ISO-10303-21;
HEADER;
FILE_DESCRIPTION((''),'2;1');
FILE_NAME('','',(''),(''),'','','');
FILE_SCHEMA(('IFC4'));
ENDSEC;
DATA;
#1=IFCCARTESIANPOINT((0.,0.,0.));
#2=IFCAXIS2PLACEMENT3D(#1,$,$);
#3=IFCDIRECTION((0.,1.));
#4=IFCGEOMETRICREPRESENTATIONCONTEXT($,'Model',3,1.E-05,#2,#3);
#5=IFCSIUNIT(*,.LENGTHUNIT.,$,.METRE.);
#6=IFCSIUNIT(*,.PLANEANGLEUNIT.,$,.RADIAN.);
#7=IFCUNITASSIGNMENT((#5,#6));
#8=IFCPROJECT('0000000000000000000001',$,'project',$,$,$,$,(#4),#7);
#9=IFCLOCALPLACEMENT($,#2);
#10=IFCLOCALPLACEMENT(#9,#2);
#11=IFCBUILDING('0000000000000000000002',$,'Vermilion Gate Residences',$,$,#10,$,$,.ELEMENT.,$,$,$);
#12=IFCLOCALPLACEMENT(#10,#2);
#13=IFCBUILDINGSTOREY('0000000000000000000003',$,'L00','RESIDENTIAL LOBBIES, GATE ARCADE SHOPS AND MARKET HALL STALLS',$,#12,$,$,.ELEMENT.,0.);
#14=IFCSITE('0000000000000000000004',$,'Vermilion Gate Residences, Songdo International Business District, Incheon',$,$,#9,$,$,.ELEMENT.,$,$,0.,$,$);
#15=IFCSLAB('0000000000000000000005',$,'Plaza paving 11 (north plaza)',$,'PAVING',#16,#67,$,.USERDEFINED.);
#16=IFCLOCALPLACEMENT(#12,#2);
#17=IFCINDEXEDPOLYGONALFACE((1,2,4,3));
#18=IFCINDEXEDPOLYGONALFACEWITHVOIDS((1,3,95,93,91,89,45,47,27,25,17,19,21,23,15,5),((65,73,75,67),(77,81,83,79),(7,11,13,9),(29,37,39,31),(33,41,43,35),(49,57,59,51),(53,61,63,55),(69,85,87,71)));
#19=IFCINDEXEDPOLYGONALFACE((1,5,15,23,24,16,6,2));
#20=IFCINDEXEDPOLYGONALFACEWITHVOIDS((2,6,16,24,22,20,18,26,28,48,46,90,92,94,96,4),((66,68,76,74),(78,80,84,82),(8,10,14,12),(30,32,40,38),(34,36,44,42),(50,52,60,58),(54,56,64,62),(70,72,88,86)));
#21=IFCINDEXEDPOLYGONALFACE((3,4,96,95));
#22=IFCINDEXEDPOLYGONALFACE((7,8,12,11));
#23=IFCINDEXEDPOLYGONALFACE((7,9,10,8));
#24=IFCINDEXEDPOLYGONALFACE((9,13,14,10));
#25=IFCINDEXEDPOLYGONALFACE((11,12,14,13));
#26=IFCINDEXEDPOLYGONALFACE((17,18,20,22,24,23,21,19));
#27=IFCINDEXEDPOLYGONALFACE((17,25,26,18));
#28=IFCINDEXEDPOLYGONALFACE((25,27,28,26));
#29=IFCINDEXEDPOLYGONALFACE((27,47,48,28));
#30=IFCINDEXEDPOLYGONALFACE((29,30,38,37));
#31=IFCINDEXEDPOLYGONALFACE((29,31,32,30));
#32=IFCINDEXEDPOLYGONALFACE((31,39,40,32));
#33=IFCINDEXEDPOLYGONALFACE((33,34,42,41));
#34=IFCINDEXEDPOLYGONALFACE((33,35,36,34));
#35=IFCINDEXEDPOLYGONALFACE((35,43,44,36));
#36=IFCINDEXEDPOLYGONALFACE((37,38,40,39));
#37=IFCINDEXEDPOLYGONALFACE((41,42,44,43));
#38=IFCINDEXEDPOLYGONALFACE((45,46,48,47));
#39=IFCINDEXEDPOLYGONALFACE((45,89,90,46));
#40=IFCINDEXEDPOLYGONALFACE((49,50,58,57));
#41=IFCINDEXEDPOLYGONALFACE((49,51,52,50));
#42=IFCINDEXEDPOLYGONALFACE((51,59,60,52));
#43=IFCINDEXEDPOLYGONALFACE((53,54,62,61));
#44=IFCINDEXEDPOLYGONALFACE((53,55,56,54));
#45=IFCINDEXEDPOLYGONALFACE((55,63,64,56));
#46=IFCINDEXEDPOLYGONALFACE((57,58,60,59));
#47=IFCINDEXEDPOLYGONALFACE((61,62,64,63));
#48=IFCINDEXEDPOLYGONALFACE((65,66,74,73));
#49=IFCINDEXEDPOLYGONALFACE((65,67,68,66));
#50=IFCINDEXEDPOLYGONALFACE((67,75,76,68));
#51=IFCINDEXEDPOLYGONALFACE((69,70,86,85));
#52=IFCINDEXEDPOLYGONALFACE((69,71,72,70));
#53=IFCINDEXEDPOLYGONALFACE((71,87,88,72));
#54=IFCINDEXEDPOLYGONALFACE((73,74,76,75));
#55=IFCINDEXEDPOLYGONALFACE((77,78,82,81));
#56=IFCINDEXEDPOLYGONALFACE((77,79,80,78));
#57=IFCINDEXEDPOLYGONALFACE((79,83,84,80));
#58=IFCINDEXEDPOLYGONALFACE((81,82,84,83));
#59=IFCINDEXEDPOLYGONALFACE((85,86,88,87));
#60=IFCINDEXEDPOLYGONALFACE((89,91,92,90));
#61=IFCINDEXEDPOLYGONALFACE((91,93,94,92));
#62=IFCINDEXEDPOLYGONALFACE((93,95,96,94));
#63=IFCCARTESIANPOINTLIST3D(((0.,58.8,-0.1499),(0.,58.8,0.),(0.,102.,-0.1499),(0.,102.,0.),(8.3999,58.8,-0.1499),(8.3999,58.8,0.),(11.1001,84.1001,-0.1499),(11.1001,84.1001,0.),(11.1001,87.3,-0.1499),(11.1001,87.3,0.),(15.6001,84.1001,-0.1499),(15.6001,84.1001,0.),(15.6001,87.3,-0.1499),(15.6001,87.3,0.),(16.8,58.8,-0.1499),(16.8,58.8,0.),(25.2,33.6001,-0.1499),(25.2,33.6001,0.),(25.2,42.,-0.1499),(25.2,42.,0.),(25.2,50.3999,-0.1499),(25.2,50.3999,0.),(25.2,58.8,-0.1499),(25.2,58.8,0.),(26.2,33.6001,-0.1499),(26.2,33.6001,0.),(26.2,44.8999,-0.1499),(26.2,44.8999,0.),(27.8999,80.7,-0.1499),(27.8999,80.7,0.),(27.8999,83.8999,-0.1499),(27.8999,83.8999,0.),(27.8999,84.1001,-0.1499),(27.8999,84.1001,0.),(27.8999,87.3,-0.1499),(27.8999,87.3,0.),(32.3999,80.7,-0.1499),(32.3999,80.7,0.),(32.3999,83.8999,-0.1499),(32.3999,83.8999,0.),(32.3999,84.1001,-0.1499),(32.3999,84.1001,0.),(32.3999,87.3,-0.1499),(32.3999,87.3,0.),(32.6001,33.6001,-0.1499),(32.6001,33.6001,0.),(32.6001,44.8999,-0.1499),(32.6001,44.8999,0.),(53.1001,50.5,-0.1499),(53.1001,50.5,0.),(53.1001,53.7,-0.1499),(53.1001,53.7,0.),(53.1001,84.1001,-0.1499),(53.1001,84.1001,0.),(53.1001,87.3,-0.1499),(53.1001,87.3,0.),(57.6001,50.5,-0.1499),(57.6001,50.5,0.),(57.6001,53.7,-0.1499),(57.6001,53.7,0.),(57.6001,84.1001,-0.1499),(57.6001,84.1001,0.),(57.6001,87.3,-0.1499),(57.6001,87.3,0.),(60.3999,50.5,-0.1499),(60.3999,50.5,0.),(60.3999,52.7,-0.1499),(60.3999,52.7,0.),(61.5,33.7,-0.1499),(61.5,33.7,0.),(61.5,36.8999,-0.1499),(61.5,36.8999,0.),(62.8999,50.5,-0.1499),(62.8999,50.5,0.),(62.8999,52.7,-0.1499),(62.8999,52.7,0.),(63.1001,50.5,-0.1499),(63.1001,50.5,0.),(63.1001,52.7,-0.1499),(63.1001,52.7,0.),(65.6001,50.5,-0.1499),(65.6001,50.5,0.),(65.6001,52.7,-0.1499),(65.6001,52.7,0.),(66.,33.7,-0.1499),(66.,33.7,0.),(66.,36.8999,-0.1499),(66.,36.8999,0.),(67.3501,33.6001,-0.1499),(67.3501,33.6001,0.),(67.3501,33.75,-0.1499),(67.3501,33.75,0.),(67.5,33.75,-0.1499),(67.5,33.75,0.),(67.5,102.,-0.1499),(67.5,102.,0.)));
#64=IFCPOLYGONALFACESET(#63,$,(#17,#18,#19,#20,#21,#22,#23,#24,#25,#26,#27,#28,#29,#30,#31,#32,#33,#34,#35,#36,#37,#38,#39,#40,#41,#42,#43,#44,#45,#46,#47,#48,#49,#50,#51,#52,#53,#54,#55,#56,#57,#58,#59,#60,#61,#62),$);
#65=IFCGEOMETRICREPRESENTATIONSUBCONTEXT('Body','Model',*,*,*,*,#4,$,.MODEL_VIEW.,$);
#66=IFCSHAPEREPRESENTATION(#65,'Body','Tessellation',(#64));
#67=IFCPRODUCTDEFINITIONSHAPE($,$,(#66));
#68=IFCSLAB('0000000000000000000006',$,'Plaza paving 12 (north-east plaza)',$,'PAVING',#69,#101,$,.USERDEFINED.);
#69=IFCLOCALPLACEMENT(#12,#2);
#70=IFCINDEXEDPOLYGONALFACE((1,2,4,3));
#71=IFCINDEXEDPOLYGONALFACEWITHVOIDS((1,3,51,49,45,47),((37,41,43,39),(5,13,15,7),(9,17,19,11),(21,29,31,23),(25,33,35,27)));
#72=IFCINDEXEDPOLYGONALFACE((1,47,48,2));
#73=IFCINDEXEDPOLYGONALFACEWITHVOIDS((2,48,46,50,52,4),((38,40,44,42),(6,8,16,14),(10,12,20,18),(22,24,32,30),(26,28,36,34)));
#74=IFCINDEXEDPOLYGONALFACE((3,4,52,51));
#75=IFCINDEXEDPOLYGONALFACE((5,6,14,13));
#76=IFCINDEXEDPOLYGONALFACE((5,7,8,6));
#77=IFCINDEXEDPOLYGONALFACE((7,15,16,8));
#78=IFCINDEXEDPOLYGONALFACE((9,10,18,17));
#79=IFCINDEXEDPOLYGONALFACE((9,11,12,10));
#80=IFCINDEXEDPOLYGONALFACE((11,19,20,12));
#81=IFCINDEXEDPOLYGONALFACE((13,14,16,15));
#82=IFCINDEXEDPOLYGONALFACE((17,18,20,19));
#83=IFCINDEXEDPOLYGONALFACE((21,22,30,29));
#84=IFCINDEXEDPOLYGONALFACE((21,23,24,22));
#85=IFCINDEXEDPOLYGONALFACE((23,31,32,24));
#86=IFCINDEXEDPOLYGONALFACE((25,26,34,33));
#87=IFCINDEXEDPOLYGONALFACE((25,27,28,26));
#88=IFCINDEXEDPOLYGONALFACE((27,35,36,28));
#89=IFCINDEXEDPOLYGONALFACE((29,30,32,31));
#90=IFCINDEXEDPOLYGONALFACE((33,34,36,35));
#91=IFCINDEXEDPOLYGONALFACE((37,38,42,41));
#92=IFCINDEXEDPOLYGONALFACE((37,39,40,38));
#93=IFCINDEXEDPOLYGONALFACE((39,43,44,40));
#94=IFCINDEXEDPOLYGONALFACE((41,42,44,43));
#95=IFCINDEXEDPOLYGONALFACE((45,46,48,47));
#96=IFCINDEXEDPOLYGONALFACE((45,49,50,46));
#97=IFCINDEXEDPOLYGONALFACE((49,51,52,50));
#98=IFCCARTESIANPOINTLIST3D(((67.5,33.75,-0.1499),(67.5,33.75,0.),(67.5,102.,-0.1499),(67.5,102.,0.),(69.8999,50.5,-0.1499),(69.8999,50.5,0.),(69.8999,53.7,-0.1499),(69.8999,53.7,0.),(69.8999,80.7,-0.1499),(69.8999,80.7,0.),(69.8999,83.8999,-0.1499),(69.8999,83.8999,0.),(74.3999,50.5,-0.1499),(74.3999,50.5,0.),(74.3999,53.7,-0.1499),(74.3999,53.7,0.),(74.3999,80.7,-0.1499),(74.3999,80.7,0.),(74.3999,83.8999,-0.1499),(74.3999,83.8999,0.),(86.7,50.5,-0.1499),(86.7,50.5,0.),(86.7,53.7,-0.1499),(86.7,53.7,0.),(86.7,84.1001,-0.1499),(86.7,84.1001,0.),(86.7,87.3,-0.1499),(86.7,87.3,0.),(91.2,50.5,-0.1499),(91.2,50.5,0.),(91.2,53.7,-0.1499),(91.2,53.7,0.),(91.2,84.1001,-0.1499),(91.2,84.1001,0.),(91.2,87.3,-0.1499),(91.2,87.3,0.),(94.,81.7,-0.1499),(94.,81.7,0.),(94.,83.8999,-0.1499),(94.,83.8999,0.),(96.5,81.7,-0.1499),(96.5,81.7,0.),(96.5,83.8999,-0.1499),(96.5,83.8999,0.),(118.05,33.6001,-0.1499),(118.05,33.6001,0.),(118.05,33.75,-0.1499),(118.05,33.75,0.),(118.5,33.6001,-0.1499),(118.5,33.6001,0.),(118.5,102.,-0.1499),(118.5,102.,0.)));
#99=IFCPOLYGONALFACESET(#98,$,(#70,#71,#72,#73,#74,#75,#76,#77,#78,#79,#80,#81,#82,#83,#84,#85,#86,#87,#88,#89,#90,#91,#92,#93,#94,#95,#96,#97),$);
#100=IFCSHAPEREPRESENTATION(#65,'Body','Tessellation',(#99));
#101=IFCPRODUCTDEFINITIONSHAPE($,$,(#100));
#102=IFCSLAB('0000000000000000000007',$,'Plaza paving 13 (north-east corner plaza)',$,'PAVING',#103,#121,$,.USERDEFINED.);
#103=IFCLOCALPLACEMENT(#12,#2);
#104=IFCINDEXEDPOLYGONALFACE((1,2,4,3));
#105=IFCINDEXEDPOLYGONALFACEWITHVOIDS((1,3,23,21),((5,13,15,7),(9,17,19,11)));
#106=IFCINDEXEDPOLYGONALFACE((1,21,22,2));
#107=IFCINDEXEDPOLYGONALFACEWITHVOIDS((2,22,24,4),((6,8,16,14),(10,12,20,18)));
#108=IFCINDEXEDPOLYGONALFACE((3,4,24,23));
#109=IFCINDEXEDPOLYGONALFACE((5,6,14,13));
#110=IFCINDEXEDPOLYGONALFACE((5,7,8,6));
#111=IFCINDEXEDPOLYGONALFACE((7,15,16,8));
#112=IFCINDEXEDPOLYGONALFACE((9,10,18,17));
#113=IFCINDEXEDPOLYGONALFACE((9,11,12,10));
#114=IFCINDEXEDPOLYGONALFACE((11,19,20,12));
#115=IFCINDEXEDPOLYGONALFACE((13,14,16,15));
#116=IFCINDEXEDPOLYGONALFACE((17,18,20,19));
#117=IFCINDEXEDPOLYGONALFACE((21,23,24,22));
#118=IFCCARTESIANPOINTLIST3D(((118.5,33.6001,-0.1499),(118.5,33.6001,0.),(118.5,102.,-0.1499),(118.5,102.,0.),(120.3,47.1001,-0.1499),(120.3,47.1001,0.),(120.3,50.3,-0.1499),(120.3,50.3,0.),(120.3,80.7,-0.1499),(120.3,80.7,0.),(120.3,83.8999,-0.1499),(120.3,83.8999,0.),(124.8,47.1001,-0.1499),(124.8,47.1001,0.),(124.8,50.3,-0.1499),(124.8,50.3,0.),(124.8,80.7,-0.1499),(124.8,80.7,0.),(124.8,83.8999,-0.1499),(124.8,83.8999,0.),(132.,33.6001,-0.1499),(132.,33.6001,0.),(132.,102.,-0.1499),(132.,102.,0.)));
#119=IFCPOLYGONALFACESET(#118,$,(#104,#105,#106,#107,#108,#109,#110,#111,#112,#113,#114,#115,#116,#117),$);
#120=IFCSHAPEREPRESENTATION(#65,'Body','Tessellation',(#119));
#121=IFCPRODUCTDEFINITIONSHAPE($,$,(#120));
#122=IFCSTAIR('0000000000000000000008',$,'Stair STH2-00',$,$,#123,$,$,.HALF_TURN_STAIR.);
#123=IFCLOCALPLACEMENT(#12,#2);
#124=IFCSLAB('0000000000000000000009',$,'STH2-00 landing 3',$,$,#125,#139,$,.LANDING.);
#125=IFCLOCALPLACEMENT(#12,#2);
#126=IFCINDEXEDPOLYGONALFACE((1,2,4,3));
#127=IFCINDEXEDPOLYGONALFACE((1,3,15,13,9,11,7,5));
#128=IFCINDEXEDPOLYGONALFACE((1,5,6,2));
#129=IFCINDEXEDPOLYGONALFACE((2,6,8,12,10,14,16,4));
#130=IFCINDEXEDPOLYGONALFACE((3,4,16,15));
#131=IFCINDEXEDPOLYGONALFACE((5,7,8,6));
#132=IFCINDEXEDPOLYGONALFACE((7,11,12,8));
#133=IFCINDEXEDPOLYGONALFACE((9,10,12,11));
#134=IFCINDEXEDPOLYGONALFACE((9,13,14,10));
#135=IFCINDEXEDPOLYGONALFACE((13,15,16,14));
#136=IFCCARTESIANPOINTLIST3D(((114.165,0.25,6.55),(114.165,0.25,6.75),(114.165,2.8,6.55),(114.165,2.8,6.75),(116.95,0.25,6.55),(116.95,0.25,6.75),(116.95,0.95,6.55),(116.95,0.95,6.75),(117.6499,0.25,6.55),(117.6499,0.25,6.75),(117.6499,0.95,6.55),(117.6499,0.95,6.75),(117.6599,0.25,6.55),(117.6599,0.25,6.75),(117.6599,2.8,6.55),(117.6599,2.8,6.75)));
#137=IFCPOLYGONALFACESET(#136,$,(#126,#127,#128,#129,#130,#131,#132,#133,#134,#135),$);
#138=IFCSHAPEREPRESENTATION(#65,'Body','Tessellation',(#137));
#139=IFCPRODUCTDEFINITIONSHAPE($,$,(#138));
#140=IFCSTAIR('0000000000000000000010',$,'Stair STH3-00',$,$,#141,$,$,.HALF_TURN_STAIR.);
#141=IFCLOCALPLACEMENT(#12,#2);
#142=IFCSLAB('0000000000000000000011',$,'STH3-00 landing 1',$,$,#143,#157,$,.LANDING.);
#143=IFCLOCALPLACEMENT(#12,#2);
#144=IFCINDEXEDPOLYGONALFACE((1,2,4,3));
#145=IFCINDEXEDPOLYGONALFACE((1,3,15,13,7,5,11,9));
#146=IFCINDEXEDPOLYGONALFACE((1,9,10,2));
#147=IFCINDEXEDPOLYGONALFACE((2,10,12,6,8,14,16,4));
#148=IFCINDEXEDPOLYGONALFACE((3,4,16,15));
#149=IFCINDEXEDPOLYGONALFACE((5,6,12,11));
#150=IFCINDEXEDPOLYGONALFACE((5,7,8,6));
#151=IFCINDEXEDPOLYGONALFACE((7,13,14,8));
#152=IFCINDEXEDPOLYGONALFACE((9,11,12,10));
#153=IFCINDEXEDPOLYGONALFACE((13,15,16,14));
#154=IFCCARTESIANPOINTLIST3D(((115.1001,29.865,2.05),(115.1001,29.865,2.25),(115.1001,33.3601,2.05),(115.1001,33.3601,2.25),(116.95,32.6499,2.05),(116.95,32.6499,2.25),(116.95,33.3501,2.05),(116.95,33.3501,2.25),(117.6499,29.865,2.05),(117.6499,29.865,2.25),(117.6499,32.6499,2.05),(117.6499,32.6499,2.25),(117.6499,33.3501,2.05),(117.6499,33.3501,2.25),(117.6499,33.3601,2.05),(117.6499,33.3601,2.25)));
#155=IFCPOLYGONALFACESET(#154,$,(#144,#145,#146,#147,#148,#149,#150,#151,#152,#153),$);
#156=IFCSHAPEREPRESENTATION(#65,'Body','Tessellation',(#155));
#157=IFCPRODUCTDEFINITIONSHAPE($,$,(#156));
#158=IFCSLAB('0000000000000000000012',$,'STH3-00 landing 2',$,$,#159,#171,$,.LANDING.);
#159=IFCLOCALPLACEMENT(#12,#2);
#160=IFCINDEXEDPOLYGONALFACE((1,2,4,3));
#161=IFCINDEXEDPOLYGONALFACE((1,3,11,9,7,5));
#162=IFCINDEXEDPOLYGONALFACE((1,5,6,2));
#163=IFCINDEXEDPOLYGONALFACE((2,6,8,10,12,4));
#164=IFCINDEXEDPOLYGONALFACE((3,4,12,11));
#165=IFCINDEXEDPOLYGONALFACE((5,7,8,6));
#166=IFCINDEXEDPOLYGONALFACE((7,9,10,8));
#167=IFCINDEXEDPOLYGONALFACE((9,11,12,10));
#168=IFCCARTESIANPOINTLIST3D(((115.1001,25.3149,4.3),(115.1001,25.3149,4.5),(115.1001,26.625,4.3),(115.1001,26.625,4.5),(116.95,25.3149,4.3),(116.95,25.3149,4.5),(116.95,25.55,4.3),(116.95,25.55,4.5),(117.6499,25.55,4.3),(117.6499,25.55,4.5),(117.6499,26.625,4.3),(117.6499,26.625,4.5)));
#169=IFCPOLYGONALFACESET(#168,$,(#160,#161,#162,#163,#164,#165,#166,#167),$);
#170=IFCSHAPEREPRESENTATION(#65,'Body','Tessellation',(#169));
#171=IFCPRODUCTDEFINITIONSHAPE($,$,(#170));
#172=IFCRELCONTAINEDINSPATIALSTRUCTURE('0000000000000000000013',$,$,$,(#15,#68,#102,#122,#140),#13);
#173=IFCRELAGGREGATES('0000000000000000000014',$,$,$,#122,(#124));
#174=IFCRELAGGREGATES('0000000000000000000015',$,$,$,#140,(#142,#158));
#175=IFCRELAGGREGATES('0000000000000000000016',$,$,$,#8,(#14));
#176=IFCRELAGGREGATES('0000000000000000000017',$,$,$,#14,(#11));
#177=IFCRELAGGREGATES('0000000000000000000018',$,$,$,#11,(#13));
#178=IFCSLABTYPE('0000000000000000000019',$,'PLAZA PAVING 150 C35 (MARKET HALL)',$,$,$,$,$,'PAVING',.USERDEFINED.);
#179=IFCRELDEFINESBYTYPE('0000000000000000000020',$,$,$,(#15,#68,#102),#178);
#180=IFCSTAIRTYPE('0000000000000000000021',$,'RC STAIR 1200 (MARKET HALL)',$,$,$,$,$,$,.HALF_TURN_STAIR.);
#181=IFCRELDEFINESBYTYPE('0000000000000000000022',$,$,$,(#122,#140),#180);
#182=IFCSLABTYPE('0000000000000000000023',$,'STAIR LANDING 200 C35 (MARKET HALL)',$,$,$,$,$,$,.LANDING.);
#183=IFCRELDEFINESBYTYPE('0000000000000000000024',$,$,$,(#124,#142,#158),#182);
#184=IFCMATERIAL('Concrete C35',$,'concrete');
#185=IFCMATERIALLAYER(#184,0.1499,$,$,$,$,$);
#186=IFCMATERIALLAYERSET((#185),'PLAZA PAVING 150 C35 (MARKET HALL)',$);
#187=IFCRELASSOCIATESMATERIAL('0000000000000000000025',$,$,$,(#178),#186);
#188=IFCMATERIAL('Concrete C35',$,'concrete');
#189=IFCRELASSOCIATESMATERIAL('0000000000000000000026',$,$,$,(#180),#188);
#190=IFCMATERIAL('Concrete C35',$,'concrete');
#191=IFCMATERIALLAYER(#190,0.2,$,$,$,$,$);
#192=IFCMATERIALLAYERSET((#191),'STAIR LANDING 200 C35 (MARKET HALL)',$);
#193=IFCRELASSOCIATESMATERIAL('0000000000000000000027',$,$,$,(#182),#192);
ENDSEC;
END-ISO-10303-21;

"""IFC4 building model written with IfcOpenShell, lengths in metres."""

from ifc_helpers import new_model, si_unit, direction, frame, origin, place, context, subcontext, project, spatial, polyline, outline, extrude, material, layer, layer_set, type_object, element, aggregate, save


model = new_model("IFC4")

# Units and contexts
model_context = context("Model", 3, precision=1e-05, world=origin(), true_north=direction((0.0, 1.0)))
body_context = subcontext(model_context, "Body", "Model", "MODEL_VIEW")
ifc_project = project(units=[si_unit("LENGTHUNIT", "METRE"), si_unit("PLANEANGLEUNIT", "RADIAN")], contexts=[model_context])

# Site, building, storey
site_placement = place(None, origin())
site = spatial("IfcSite", under=ifc_project, at=site_placement, Name="Vermilion Gate Residences, Songdo International Business District, Incheon", CompositionType="ELEMENT", RefElevation=0.0)
building_placement = place(site_placement, origin())
building = spatial("IfcBuilding", under=site, at=building_placement, Name="Vermilion Gate Residences", CompositionType="ELEMENT")
storey_placement = place(building_placement, origin())
storey = spatial("IfcBuildingStorey", under=building, at=storey_placement, Name="L00", Description="RESIDENTIAL LOBBIES, GATE ARCADE SHOPS AND MARKET HALL STALLS", CompositionType="ELEMENT", Elevation=0.0)

# Slabs
ifc_material_1 = material(Name="Concrete C35", Category="concrete")
ifc_layer_1 = layer(ifc_material_1, 0.1499)
ifc_layer_set_1 = layer_set([ifc_layer_1], Name="PLAZA PAVING 150 C35 (MARKET HALL)")
slab_type_1 = type_object("IfcSlabType", Name="PLAZA PAVING 150 C35 (MARKET HALL)", ElementType="PAVING", PredefinedType="USERDEFINED", material=ifc_layer_set_1)
slab_1_placement = place(storey_placement, frame((0.0, 0.0, -0.1499)))
element("IfcSlab", 1, at=slab_1_placement, inside=storey, type_object=slab_type_1, Name="Plaza paving 11 (north plaza)", ObjectType="PAVING", PredefinedType="USERDEFINED", context=body_context, shape_type="SweptSolid", body=[
    extrude(outline(polyline([(67.5, 102.0), (0.0, 102.0), (0.0, 58.8), (8.3999, 58.8), (16.8, 58.8), (25.2, 58.8), (25.2, 50.3999), (25.2, 42.0), (25.2, 33.6001), (26.2, 33.6001), (26.2, 44.8999), (32.6001, 44.8999), (32.6001, 33.6001), (67.3501, 33.6001), (67.3501, 33.75), (67.5, 33.75), (67.5, 102.0)]), holes=[polyline([(57.6001, 53.7), (57.6001, 50.5), (53.1001, 50.5), (53.1001, 53.7), (57.6001, 53.7)]), polyline([(27.8999, 83.8999), (32.3999, 83.8999), (32.3999, 80.7), (27.8999, 80.7), (27.8999, 83.8999)]), polyline([(11.1001, 87.3), (15.6001, 87.3), (15.6001, 84.1001), (11.1001, 84.1001), (11.1001, 87.3)]), polyline([(32.3999, 87.3), (32.3999, 84.1001), (27.8999, 84.1001), (27.8999, 87.3), (32.3999, 87.3)]), polyline([(57.6001, 87.3), (57.6001, 84.1001), (53.1001, 84.1001), (53.1001, 87.3), (57.6001, 87.3)]), polyline([(61.5, 36.8999), (66.0, 36.8999), (66.0, 33.7), (61.5, 33.7), (61.5, 36.8999)]), polyline([(60.3999, 52.7), (62.8999, 52.7), (62.8999, 50.5), (60.3999, 50.5), (60.3999, 52.7)]), polyline([(65.6001, 52.7), (65.6001, 50.5), (63.1001, 50.5), (63.1001, 52.7), (65.6001, 52.7)])]), origin(), (0.0, 0.0, 1.0), 0.1499),
])
slab_2_placement = place(storey_placement, frame((0.0, 0.0, -0.1499)))
element("IfcSlab", 2, at=slab_2_placement, inside=storey, type_object=slab_type_1, Name="Plaza paving 12 (north-east plaza)", ObjectType="PAVING", PredefinedType="USERDEFINED", context=body_context, shape_type="SweptSolid", body=[
    extrude(outline(polyline([(118.5, 102.0), (67.5, 102.0), (67.5, 33.75), (118.05, 33.75), (118.05, 33.6001), (118.5, 33.6001), (118.5, 102.0)]), holes=[polyline([(74.3999, 53.7), (74.3999, 50.5), (69.8999, 50.5), (69.8999, 53.7), (74.3999, 53.7)]), polyline([(86.7, 53.7), (91.2, 53.7), (91.2, 50.5), (86.7, 50.5), (86.7, 53.7)]), polyline([(69.8999, 83.8999), (74.3999, 83.8999), (74.3999, 80.7), (69.8999, 80.7), (69.8999, 83.8999)]), polyline([(96.5, 83.8999), (96.5, 81.7), (94.0, 81.7), (94.0, 83.8999), (96.5, 83.8999)]), polyline([(91.2, 87.3), (91.2, 84.1001), (86.7, 84.1001), (86.7, 87.3), (91.2, 87.3)])]), origin(), (0.0, 0.0, 1.0), 0.1499),
])
slab_3_placement = place(storey_placement, frame((0.0, 0.0, -0.1499)))
element("IfcSlab", 3, at=slab_3_placement, inside=storey, type_object=slab_type_1, Name="Plaza paving 13 (north-east corner plaza)", ObjectType="PAVING", PredefinedType="USERDEFINED", context=body_context, shape_type="SweptSolid", body=[
    extrude(outline(polyline([(132.0, 102.0), (118.5, 102.0), (118.5, 33.6001), (132.0, 33.6001), (132.0, 102.0)]), holes=[polyline([(120.3, 50.3), (124.8, 50.3), (124.8, 47.1001), (120.3, 47.1001), (120.3, 50.3)]), polyline([(120.3, 83.8999), (124.8, 83.8999), (124.8, 80.7), (120.3, 80.7), (120.3, 83.8999)])]), origin(), (0.0, 0.0, 1.0), 0.1499),
])

# Stair, slab
ifc_material_2 = material(Name="Concrete C35", Category="concrete")
stair_type = type_object("IfcStairType", Name="RC STAIR 1200 (MARKET HALL)", PredefinedType="HALF_TURN_STAIR", material=ifc_material_2)
stair_1_placement = place(storey_placement, origin())
stair_1 = element("IfcStair", 4, at=stair_1_placement, inside=storey, type_object=stair_type, Name="Stair STH2-00", PredefinedType="HALF_TURN_STAIR")
ifc_material_3 = material(Name="Concrete C35", Category="concrete")
ifc_layer_2 = layer(ifc_material_3, 0.2)
ifc_layer_set_2 = layer_set([ifc_layer_2], Name="STAIR LANDING 200 C35 (MARKET HALL)")
slab_type_2 = type_object("IfcSlabType", Name="STAIR LANDING 200 C35 (MARKET HALL)", PredefinedType="LANDING", material=ifc_layer_set_2)
slab_4_placement = place(storey_placement, frame((0.0, 0.0, 6.55)))
slab_4 = element("IfcSlab", 5, at=slab_4_placement, type_object=slab_type_2, Name="STH2-00 landing 3", PredefinedType="LANDING", context=body_context, shape_type="SweptSolid", body=[
    extrude(outline(polyline([(116.95, 0.95), (117.6499, 0.95), (117.6499, 0.25), (117.6599, 0.25), (117.6599, 2.8), (114.165, 2.8), (114.165, 0.25), (116.95, 0.25), (116.95, 0.95)])), origin(), (0.0, 0.0, 1.0), 0.2),
])
aggregate(stair_1, [slab_4])

# Stair, slabs
stair_2_placement = place(storey_placement, origin())
stair_2 = element("IfcStair", 6, at=stair_2_placement, inside=storey, type_object=stair_type, Name="Stair STH3-00", PredefinedType="HALF_TURN_STAIR")
slab_5_placement = place(storey_placement, frame((0.0, 0.0, 2.05)))
slab_5 = element("IfcSlab", 7, at=slab_5_placement, type_object=slab_type_2, Name="STH3-00 landing 1", PredefinedType="LANDING", context=body_context, shape_type="SweptSolid", body=[
    extrude(outline(polyline([(117.6499, 33.3601), (115.1001, 33.3601), (115.1001, 29.865), (117.6499, 29.865), (117.6499, 32.6499), (116.95, 32.6499), (116.95, 33.3501), (117.6499, 33.3501), (117.6499, 33.3601)])), origin(), (0.0, 0.0, 1.0), 0.2),
])
slab_6_placement = place(storey_placement, frame((0.0, 0.0, 4.3)))
slab_6 = element("IfcSlab", 8, at=slab_6_placement, type_object=slab_type_2, Name="STH3-00 landing 2", PredefinedType="LANDING", context=body_context, shape_type="SweptSolid", body=[
    extrude(outline(polyline([(117.6499, 26.625), (115.1001, 26.625), (115.1001, 25.3149), (116.95, 25.3149), (116.95, 25.55), (117.6499, 25.55), (117.6499, 26.625)])), origin(), (0.0, 0.0, 1.0), 0.2),
])
aggregate(stair_2, [slab_5, slab_6])

save(model, "model.ifc")
